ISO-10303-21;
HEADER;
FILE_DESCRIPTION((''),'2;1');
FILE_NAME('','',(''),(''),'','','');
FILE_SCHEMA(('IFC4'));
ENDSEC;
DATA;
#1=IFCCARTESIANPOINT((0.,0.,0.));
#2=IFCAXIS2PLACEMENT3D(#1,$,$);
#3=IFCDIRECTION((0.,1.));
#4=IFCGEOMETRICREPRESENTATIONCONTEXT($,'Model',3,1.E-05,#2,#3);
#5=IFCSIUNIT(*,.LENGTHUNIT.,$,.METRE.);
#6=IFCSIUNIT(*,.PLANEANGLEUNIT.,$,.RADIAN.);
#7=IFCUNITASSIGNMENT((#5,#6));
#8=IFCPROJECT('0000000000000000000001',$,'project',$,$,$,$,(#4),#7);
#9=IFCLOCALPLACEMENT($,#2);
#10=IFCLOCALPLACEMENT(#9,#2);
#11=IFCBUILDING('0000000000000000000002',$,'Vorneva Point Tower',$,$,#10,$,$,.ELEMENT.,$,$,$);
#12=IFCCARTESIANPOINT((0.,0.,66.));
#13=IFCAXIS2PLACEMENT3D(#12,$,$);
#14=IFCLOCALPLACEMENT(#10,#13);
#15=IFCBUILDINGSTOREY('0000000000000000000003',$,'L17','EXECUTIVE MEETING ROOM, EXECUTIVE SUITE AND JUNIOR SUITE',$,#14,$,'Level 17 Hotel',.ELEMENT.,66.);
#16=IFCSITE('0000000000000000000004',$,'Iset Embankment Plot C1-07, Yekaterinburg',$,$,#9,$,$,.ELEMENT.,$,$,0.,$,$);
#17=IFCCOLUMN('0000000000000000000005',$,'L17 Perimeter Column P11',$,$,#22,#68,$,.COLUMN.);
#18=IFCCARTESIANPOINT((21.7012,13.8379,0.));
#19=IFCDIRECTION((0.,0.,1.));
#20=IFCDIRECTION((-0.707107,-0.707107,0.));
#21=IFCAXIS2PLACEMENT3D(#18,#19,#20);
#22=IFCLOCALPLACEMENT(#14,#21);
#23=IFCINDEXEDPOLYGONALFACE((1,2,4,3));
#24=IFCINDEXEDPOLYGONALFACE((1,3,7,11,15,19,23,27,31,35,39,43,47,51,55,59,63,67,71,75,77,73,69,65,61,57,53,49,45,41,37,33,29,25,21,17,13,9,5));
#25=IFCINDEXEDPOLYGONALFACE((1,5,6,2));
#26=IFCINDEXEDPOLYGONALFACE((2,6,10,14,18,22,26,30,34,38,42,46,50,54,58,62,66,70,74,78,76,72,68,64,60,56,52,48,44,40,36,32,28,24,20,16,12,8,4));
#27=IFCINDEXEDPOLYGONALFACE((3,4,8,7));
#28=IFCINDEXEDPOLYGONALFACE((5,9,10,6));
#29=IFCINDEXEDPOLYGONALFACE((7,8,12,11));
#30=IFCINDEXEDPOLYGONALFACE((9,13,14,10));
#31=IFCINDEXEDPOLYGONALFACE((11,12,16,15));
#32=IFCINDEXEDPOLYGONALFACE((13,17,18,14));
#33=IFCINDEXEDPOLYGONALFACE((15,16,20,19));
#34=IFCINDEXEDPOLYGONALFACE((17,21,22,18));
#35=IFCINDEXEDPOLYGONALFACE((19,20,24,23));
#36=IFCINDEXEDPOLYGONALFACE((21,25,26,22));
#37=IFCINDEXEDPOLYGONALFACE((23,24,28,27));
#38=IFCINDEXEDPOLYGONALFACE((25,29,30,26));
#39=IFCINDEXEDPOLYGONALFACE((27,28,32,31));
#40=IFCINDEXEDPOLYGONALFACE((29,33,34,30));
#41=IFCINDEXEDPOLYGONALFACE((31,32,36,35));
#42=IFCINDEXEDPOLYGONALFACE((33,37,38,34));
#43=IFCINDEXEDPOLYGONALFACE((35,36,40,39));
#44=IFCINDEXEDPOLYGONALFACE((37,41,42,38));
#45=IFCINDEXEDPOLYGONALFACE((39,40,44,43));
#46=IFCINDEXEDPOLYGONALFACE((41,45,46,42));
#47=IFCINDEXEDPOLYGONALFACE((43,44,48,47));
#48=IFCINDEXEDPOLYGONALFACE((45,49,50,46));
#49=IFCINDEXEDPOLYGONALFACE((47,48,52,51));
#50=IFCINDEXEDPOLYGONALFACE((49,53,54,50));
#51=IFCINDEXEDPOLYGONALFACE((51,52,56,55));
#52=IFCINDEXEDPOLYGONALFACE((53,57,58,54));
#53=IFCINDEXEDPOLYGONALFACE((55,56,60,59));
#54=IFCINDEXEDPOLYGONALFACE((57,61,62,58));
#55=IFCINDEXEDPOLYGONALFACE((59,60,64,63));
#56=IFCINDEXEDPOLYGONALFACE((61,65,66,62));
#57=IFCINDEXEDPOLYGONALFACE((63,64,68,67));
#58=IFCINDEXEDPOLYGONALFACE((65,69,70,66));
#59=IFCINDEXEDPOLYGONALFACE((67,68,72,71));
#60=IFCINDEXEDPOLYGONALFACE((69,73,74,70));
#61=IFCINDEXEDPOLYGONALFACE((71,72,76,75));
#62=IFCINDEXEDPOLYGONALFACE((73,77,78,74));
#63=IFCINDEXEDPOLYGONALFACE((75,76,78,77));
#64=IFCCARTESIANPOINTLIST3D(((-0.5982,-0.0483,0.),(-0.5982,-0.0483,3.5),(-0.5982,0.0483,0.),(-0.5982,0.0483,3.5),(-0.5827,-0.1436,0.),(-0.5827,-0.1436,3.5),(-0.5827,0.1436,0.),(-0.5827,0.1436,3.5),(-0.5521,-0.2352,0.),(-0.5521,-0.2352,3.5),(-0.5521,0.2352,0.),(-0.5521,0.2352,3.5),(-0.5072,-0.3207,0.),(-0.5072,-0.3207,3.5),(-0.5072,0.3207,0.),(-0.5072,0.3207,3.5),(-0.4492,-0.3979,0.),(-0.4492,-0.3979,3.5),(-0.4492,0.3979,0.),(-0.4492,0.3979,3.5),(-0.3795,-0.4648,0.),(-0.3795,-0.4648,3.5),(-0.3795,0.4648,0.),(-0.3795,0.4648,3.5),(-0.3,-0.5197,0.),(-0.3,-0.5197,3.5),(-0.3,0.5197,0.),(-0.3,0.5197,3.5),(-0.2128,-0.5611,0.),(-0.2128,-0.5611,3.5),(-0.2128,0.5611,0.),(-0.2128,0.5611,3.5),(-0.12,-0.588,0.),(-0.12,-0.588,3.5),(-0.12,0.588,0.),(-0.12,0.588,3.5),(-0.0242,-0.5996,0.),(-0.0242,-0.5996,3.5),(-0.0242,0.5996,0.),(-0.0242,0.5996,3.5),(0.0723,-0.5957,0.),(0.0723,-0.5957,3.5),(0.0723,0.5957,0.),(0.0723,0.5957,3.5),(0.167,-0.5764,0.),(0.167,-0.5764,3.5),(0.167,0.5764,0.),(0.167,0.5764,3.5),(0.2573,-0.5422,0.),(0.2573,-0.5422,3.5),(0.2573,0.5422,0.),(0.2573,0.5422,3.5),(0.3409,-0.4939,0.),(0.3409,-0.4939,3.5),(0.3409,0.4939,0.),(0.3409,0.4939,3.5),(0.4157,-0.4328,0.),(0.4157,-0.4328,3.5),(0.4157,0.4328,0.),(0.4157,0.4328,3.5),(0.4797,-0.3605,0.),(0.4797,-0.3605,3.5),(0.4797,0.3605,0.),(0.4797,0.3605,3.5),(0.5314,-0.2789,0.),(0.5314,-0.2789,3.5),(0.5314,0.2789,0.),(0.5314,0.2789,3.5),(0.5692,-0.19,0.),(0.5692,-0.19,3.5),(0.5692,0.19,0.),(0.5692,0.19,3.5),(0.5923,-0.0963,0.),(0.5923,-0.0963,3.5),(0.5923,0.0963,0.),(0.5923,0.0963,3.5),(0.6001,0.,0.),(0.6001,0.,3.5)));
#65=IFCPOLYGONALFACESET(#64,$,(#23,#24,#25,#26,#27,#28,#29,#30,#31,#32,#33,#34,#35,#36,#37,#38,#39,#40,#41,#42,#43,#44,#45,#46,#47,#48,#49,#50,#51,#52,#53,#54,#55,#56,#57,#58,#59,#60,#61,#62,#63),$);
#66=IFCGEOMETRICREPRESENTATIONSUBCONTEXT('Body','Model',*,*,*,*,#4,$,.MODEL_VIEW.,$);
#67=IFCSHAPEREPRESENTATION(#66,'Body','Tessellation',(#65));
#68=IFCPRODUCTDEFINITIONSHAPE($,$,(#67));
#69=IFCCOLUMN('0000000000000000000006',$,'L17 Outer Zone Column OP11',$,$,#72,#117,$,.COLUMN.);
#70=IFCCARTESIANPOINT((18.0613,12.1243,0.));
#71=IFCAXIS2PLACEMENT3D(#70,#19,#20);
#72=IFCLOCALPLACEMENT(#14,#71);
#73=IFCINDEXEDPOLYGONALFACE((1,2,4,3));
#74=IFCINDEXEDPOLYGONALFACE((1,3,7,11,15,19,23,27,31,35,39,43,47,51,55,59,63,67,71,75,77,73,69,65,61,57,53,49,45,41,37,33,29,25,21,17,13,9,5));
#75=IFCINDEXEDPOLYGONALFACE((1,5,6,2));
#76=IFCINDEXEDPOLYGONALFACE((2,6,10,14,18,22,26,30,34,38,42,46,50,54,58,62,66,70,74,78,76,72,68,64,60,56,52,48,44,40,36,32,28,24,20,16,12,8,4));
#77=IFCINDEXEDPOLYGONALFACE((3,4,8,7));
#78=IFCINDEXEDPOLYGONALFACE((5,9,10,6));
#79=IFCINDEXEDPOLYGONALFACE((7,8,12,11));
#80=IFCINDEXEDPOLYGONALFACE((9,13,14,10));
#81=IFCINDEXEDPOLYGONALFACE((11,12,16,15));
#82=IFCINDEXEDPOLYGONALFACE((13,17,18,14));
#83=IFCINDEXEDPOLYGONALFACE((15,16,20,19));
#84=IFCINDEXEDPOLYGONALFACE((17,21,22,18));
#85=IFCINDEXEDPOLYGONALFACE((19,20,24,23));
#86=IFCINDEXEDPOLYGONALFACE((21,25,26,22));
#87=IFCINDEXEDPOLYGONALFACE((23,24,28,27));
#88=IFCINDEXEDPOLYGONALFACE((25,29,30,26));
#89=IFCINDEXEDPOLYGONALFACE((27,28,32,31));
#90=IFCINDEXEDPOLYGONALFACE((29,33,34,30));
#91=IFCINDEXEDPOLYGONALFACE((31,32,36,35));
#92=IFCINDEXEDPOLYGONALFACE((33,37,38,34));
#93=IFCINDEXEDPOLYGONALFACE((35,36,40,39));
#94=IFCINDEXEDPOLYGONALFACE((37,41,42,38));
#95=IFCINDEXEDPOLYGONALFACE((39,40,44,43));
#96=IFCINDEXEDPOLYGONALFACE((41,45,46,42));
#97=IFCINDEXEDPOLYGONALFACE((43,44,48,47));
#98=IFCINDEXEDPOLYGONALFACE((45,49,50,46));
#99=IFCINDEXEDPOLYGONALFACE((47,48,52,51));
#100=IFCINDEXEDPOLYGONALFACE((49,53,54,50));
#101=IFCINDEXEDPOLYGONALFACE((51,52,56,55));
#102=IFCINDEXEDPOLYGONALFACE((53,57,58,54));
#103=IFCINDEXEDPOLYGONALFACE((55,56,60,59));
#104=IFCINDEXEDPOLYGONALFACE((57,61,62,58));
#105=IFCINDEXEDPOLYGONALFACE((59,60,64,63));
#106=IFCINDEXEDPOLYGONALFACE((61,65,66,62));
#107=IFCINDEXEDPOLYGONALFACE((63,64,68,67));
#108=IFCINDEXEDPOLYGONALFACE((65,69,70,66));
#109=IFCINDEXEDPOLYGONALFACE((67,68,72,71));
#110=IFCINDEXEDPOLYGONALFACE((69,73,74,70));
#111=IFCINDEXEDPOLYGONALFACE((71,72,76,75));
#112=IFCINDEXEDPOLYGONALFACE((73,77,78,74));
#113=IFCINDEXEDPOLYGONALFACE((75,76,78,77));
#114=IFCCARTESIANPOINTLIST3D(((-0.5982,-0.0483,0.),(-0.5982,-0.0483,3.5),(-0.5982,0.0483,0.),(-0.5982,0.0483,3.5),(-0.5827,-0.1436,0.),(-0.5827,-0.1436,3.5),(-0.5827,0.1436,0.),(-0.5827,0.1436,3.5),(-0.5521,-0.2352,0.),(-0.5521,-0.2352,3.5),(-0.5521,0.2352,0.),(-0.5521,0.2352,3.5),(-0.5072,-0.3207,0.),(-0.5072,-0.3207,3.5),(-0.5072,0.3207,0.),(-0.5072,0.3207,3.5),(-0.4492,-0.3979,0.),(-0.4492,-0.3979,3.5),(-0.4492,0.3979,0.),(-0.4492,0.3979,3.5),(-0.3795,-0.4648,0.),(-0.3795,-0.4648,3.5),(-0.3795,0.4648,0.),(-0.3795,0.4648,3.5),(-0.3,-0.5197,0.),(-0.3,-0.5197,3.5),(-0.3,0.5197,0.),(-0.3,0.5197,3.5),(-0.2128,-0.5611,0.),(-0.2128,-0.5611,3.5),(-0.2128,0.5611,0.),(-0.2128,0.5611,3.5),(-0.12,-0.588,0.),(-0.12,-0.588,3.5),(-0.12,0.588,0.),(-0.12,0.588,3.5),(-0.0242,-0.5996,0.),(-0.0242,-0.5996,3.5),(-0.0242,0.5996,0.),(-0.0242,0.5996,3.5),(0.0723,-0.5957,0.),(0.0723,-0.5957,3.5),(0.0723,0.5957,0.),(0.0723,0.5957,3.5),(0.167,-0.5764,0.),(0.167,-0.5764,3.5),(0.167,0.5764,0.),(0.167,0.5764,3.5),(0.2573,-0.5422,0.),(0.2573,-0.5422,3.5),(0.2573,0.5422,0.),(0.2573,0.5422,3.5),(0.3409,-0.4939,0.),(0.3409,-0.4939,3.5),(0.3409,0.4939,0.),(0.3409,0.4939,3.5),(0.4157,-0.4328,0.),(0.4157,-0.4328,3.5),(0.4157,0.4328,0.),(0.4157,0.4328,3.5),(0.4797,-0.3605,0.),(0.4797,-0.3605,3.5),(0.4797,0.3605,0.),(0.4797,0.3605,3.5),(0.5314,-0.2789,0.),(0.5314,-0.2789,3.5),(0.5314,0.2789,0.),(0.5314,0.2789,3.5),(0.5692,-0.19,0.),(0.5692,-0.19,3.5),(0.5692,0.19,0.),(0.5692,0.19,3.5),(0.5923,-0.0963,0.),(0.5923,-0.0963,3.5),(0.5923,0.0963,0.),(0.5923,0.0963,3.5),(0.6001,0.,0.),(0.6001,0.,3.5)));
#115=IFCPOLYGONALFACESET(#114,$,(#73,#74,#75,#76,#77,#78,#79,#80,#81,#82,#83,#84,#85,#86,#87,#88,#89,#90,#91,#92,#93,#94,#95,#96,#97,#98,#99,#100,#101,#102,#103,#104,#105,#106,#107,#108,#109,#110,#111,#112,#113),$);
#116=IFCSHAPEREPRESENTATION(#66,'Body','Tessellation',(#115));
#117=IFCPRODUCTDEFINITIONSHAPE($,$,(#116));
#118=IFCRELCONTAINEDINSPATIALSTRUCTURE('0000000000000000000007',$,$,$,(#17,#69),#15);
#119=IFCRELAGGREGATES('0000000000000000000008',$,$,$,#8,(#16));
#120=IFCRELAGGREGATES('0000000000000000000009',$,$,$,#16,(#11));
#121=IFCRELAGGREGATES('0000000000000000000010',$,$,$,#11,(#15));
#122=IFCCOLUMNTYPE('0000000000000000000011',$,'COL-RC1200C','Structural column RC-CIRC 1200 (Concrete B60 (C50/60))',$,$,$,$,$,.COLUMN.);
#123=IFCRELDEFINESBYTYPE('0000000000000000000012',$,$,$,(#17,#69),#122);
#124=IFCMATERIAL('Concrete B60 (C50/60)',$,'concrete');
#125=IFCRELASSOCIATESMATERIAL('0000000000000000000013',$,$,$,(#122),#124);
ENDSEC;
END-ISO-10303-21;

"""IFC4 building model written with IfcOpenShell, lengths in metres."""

from ifc_helpers import new_model, si_unit, direction, frame, origin, origin_2d, place, context, subcontext, project, spatial, circle, extrude, material, material_profile, profile_set, type_object, element, save


model = new_model("IFC4")

# Units and contexts
model_context = context("Model", 3, precision=1e-05, world=origin(), true_north=direction((0.0, 1.0)))
body_context = subcontext(model_context, "Body", "Model", "MODEL_VIEW")
ifc_project = project(units=[si_unit("LENGTHUNIT", "METRE"), si_unit("PLANEANGLEUNIT", "RADIAN")], contexts=[model_context])

# Site, building, storey
site_placement = place(None, origin())
site = spatial("IfcSite", under=ifc_project, at=site_placement, Name="Iset Embankment Plot C1-07, Yekaterinburg", CompositionType="ELEMENT", RefElevation=0.0)
building_placement = place(site_placement, origin())
building = spatial("IfcBuilding", under=site, at=building_placement, Name="Vorneva Point Tower", CompositionType="ELEMENT")
storey_placement = place(building_placement, frame((0.0, 0.0, 66.0)))
storey = spatial("IfcBuildingStorey", under=building, at=storey_placement, Name="L17", Description="EXECUTIVE MEETING ROOM, EXECUTIVE SUITE AND JUNIOR SUITE", LongName="Level 17 Hotel", CompositionType="ELEMENT", Elevation=66.0)

# Columns
ifc_material_1 = material(Name="Concrete B60 (C50/60)", Category="concrete")
ifc_material_profile_1 = material_profile(ifc_material_1, circle(Radius=0.6001, at=origin_2d()), Name="RC-CIRC 1200")
ifc_profile_set_1 = profile_set([ifc_material_profile_1], Name="Concrete B60 (C50/60)")
column_type_1 = type_object("IfcColumnType", Name="COL-RC1200C", Description="Structural column RC-CIRC 1200 (Concrete B60 (C50/60))", PredefinedType="COLUMN", material=ifc_profile_set_1)
for number, where, z_axis, x_axis, name in (
    (1, (21.7012, 13.8379, 0.0), (0.0, 0.0, 1.0), (-0.707107, -0.707107, 0.0), "L17 Perimeter Column P11"),
    (2, (18.0613, 12.1243, 0.0), (0.0, 0.0, 1.0), (-0.707107, -0.707107, 0.0), "L17 Outer Zone Column OP11"),
):
    element("IfcColumn", number, at=place(storey_placement, frame(where, z_axis=z_axis, x_axis=x_axis)), inside=storey, type_object=column_type_1, Name=name, PredefinedType="COLUMN", context=body_context, shape_type="SweptSolid", body=[
        extrude(circle(Radius=0.6001, at=origin_2d()), origin(), (0.0, 0.0, 1.0), 3.5),
    ])

save(model, "model.ifc")
